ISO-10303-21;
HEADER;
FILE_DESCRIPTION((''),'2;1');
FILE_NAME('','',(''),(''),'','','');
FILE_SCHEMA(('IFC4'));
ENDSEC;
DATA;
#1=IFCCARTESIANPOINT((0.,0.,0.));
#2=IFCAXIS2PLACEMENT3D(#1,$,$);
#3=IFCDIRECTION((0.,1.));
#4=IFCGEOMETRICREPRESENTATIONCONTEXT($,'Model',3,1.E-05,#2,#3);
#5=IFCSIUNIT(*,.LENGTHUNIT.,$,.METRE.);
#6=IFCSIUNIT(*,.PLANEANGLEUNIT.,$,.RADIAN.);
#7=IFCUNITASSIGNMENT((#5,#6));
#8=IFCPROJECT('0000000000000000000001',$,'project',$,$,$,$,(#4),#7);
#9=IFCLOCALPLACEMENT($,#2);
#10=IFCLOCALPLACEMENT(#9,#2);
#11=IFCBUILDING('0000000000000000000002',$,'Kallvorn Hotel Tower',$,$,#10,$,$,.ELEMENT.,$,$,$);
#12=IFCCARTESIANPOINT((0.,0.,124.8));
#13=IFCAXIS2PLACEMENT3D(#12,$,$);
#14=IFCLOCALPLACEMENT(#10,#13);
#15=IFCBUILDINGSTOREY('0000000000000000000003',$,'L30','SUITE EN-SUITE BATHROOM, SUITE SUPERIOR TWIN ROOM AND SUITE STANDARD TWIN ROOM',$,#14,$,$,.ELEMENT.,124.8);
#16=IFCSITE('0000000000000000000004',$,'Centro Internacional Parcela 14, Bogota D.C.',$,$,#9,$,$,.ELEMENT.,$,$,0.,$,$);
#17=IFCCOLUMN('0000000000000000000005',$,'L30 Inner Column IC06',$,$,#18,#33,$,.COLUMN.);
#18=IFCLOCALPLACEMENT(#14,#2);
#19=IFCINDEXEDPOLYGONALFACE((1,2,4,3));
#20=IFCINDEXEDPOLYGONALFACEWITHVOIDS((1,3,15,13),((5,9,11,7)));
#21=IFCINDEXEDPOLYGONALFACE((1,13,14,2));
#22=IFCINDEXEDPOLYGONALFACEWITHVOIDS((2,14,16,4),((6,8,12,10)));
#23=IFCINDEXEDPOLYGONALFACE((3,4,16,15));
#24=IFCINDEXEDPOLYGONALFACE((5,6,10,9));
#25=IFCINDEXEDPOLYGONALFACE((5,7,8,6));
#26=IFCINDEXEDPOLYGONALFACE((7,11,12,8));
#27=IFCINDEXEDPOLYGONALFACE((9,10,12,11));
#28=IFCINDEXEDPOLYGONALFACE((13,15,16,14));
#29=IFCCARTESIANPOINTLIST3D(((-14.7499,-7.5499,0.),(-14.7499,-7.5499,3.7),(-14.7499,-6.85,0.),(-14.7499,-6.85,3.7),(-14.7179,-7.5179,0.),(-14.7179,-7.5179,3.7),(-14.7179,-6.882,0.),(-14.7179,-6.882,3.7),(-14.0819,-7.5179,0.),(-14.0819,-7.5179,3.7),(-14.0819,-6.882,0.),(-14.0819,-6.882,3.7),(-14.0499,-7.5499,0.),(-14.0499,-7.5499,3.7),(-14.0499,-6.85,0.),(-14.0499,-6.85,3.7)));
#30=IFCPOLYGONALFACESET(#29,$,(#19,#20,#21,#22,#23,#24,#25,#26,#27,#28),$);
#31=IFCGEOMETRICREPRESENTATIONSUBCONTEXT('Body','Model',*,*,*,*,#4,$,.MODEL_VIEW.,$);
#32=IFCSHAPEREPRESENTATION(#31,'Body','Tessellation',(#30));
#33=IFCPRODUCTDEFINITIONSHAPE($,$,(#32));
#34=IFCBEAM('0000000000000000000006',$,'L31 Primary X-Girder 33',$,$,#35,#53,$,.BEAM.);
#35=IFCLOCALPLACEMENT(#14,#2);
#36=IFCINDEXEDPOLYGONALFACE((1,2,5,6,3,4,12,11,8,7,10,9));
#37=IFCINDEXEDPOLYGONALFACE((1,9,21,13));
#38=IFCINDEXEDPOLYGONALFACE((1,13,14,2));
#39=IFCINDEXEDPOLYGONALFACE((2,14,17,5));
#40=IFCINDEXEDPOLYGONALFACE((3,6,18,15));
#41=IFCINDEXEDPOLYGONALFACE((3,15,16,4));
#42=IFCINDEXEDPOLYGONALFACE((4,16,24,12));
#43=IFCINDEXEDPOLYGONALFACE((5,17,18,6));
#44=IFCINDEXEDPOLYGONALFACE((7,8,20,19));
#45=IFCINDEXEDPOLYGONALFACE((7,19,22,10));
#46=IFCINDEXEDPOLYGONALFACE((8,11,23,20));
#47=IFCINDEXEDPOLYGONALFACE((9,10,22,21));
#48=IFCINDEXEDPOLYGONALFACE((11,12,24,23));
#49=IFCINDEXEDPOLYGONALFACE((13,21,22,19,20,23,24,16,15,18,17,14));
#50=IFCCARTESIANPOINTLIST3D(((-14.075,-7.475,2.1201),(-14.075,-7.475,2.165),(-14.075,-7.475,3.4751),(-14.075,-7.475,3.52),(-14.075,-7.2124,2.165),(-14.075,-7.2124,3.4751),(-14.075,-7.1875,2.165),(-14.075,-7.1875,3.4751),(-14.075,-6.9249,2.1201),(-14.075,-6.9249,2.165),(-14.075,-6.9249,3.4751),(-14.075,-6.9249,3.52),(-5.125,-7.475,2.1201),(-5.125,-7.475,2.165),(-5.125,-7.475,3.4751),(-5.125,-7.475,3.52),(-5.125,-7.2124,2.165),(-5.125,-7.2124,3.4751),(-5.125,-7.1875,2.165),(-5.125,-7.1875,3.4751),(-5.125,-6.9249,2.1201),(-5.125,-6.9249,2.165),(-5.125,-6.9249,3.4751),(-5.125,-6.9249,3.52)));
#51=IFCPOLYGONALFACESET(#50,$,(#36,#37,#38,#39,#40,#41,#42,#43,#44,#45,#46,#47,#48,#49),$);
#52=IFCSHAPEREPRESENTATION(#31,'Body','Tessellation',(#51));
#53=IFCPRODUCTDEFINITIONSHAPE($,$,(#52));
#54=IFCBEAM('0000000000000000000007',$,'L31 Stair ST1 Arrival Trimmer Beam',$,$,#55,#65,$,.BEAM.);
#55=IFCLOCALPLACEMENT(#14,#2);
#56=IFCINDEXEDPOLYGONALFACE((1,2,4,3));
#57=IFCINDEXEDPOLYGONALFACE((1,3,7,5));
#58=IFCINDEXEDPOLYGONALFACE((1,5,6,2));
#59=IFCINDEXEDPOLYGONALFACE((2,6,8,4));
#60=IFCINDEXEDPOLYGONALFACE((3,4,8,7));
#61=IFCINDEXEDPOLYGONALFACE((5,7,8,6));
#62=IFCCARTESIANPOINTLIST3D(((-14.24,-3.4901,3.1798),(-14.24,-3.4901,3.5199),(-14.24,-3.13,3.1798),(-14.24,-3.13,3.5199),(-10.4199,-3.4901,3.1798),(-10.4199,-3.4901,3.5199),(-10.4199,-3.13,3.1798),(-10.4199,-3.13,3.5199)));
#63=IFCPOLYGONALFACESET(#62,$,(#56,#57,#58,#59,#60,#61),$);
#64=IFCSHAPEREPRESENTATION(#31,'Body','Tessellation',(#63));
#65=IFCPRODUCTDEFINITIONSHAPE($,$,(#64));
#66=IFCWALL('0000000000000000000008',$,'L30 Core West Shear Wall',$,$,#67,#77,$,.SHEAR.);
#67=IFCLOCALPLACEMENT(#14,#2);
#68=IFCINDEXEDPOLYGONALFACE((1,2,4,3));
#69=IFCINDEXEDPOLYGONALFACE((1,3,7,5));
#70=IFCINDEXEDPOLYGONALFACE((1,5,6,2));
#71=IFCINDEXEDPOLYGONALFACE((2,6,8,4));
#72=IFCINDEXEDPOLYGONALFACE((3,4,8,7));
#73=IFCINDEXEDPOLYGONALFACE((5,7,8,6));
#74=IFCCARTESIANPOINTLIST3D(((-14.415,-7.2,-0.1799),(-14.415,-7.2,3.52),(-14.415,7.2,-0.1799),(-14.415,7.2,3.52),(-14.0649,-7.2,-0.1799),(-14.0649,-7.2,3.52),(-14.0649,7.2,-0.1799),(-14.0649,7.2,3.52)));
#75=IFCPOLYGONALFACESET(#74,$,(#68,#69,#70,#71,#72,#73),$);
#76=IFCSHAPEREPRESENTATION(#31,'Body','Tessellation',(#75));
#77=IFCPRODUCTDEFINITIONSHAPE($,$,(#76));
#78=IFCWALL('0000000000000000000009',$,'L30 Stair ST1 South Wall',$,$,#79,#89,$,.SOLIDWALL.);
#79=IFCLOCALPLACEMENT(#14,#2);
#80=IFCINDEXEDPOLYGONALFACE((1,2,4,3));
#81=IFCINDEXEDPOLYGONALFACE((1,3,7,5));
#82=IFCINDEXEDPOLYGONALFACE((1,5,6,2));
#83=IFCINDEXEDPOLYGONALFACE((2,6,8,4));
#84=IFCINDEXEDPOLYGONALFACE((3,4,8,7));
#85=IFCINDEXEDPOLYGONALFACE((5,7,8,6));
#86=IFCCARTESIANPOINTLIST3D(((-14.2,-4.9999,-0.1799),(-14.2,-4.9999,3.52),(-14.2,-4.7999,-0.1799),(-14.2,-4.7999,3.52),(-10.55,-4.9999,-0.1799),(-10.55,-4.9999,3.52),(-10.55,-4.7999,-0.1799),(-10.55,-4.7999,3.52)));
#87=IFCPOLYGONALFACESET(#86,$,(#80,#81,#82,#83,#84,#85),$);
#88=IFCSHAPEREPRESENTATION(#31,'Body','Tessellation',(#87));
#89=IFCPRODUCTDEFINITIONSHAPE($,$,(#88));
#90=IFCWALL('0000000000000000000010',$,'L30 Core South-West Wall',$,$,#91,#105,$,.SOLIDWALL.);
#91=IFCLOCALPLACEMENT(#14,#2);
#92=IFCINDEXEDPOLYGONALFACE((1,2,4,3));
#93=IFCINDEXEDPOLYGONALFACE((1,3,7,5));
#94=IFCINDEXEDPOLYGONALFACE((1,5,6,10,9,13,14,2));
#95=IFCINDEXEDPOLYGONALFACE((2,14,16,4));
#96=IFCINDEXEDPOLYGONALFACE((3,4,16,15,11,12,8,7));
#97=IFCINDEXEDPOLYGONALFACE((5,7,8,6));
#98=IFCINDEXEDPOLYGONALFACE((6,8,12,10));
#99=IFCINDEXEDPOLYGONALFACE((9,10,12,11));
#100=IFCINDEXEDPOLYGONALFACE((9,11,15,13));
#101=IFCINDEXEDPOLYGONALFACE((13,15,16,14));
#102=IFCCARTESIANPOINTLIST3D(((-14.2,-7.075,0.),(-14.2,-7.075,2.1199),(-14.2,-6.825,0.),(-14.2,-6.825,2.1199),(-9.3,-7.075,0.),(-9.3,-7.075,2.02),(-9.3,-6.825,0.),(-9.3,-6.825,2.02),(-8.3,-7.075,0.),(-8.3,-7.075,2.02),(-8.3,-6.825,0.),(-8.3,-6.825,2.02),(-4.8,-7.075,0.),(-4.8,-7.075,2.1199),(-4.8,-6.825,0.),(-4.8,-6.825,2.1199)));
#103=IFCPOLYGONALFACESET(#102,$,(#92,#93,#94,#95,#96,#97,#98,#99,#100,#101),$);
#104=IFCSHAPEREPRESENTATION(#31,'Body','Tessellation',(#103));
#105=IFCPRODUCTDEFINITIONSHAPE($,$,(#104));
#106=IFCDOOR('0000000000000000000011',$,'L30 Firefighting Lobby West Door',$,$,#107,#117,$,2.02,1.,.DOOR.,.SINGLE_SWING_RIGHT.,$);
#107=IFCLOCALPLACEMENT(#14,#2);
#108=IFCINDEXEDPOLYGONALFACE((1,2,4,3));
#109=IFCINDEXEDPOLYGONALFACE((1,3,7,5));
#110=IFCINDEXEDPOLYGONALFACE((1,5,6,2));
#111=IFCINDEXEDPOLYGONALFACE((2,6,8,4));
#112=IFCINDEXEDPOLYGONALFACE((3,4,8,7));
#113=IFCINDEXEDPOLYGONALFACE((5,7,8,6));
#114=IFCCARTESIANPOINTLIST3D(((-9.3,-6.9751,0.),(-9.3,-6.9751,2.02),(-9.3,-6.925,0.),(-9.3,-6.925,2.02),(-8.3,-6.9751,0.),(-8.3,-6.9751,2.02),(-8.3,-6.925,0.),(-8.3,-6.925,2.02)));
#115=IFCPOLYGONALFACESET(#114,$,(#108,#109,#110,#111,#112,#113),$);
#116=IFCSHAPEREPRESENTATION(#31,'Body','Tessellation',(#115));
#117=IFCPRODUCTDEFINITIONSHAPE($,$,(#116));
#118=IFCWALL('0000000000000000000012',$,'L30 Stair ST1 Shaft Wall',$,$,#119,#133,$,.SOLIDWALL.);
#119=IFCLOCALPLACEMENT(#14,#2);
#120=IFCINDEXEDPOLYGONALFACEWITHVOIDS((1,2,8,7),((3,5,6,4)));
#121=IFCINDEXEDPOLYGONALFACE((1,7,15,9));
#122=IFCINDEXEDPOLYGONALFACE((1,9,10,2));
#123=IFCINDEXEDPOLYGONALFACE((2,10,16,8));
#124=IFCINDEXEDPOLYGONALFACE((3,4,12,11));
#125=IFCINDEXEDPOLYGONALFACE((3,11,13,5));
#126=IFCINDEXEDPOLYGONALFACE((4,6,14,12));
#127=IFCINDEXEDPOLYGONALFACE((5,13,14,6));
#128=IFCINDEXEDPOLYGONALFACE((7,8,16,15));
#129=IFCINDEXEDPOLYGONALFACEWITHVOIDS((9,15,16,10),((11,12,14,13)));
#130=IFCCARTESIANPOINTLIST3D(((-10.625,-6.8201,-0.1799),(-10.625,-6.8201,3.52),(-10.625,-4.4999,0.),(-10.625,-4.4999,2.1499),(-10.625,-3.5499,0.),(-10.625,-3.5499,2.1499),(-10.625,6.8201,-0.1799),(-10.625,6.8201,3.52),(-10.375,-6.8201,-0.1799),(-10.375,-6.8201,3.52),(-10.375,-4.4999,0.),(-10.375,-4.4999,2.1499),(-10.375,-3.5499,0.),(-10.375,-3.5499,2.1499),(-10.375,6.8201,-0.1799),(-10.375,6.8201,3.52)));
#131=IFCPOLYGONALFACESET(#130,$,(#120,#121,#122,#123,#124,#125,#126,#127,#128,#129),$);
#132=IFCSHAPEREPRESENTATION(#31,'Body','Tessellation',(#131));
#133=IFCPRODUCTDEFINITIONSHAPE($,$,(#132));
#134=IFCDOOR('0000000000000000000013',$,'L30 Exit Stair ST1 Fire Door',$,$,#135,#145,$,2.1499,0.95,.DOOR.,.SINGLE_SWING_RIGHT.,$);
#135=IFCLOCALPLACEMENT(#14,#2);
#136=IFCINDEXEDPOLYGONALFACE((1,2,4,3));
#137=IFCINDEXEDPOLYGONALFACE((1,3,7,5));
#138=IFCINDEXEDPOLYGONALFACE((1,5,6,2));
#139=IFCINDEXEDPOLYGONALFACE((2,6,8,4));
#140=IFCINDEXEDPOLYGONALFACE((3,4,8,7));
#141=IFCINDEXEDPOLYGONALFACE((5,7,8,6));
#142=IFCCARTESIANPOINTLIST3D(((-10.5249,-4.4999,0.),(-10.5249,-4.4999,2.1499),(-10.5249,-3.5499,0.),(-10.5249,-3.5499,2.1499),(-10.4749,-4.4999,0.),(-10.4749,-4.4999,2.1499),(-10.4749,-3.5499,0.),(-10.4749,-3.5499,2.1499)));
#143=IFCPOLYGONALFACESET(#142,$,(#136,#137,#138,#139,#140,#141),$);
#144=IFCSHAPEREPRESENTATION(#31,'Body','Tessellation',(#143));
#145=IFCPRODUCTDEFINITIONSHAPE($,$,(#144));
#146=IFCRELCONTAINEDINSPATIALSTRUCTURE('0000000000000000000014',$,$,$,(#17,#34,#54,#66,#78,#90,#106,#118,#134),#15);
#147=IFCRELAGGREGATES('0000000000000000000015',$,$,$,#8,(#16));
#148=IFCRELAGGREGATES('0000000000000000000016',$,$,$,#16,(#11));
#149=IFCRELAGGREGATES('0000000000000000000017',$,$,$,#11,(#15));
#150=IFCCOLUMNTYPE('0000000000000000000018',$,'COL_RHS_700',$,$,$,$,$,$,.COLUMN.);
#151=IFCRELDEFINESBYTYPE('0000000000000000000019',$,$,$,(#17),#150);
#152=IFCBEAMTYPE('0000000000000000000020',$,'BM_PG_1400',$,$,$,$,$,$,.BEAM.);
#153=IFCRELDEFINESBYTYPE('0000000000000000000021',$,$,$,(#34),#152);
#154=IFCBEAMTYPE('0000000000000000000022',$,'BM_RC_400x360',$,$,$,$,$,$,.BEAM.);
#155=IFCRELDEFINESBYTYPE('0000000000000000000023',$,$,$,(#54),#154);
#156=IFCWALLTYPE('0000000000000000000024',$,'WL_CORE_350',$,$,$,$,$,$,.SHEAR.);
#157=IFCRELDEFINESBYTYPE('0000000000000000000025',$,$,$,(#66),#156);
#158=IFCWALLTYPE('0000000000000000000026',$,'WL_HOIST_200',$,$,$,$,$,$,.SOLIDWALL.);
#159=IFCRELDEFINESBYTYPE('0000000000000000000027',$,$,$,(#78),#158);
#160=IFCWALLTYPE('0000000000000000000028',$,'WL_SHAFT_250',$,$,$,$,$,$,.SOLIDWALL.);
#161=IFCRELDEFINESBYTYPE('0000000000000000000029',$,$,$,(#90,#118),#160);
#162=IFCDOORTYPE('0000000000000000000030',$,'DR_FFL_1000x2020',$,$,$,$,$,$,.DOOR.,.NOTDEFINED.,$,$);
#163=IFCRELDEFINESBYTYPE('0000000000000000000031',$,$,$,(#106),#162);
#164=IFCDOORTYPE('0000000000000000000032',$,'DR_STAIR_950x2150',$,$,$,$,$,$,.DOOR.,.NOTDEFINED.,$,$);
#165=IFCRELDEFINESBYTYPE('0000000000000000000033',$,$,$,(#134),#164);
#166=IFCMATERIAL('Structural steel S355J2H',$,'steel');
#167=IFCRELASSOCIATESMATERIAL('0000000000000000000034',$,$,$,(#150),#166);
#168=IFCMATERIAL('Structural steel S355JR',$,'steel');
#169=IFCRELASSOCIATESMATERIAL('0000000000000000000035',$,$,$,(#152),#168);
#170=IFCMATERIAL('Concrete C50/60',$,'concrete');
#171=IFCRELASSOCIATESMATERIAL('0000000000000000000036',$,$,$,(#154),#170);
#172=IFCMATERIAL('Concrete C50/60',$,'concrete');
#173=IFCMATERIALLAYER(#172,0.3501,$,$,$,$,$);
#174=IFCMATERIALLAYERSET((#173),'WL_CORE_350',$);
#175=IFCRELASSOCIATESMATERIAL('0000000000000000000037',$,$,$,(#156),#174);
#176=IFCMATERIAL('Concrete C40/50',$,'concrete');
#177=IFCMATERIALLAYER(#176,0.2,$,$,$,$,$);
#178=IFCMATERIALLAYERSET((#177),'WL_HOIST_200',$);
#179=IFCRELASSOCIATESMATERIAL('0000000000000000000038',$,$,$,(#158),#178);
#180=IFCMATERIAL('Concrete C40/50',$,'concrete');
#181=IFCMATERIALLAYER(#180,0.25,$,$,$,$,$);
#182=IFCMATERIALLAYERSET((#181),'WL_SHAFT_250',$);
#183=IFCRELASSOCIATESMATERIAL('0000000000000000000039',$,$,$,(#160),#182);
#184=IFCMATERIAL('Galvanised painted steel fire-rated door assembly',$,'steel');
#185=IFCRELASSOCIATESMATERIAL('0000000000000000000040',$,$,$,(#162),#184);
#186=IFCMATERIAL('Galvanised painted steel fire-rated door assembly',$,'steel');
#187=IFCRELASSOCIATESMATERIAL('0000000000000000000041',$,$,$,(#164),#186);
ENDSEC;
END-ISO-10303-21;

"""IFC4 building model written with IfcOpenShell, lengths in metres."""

from ifc_helpers import new_model, si_unit, direction, frame, frame_2d, origin, origin_2d, place, context, subcontext, project, spatial, rectangle, hollow_rectangle, i_section, extrude, material, layer, layer_set, material_profile, profile_set, type_object, element, fill, save


model = new_model("IFC4")

# Units and contexts
model_context = context("Model", 3, precision=1e-05, world=origin(), true_north=direction((0.0, 1.0)))
body_context = subcontext(model_context, "Body", "Model", "MODEL_VIEW")
ifc_project = project(units=[si_unit("LENGTHUNIT", "METRE"), si_unit("PLANEANGLEUNIT", "RADIAN")], contexts=[model_context])

# Site, building, storey
site_placement = place(None, origin())
site = spatial("IfcSite", under=ifc_project, at=site_placement, Name="Centro Internacional Parcela 14, Bogota D.C.", CompositionType="ELEMENT", RefElevation=0.0)
building_placement = place(site_placement, origin())
building = spatial("IfcBuilding", under=site, at=building_placement, Name="Kallvorn Hotel Tower", CompositionType="ELEMENT")
storey_placement = place(building_placement, frame((0.0, 0.0, 124.8)))
storey = spatial("IfcBuildingStorey", under=building, at=storey_placement, Name="L30", Description="SUITE EN-SUITE BATHROOM, SUITE SUPERIOR TWIN ROOM AND SUITE STANDARD TWIN ROOM", CompositionType="ELEMENT", Elevation=124.8)

# Column
ifc_material_1 = material(Name="Structural steel S355J2H", Category="steel")
ifc_material_profile_1 = material_profile(ifc_material_1, hollow_rectangle(XDim=0.7, YDim=0.7, WallThickness=0.032, at=origin_2d()), Name="RHS 700x700x32")
ifc_profile_set_1 = profile_set([ifc_material_profile_1], Name="Structural steel S355J2H")
column_type = type_object("IfcColumnType", Name="COL_RHS_700", PredefinedType="COLUMN", material=ifc_profile_set_1)
column_placement = place(storey_placement, frame((-14.3999, -7.2, 0.0), z_axis=(0.0, 0.0, 1.0), x_axis=(1.0, 0.0, 0.0)))
element("IfcColumn", 1, at=column_placement, inside=storey, type_object=column_type, Name="L30 Inner Column IC06", PredefinedType="COLUMN", context=body_context, shape_type="SweptSolid", body=[
    extrude(hollow_rectangle(XDim=0.7, YDim=0.7, WallThickness=0.032, at=origin_2d()), origin(), (0.0, 0.0, 1.0), 3.7),
])

# Beams
ifc_material_2 = material(Name="Structural steel S355JR", Category="steel")
ifc_material_profile_2 = material_profile(ifc_material_2, i_section(OverallWidth=0.55, OverallDepth=1.3999, WebThickness=0.0249, FlangeThickness=0.0449, at=origin_2d()), Name="PG 1400x550x25x45")
ifc_profile_set_2 = profile_set([ifc_material_profile_2], Name="Structural steel S355JR")
beam_type_1 = type_object("IfcBeamType", Name="BM_PG_1400", PredefinedType="BEAM", material=ifc_profile_set_2)
beam_1_placement = place(storey_placement, frame((-14.075, -7.2, 2.8201), z_axis=(1.0, 0.0, 0.0), x_axis=(0.0, 1.0, 0.0)))
element("IfcBeam", 2, at=beam_1_placement, inside=storey, type_object=beam_type_1, Name="L31 Primary X-Girder 33", PredefinedType="BEAM", context=body_context, shape_type="SweptSolid", body=[
    extrude(i_section(OverallWidth=0.55, OverallDepth=1.3999, WebThickness=0.0249, FlangeThickness=0.0449, at=origin_2d()), origin(), (0.0, 0.0, 1.0), 8.95),
])
ifc_material_3 = material(Name="Concrete C50/60", Category="concrete")
ifc_material_profile_3 = material_profile(ifc_material_3, rectangle(XDim=0.3601, YDim=0.3401, at=origin_2d()), Name="RC 360x340")
ifc_profile_set_3 = profile_set([ifc_material_profile_3], Name="Concrete C50/60")
beam_type_2 = type_object("IfcBeamType", Name="BM_RC_400x360", PredefinedType="BEAM", material=ifc_profile_set_3)
beam_2_placement = place(storey_placement, frame((-10.4199, -3.3101, 3.3499), z_axis=(-1.0, 0.0, 0.0), x_axis=(0.0, -1.0, 0.0)))
element("IfcBeam", 3, at=beam_2_placement, inside=storey, type_object=beam_type_2, Name="L31 Stair ST1 Arrival Trimmer Beam", PredefinedType="BEAM", context=body_context, shape_type="SweptSolid", body=[
    extrude(rectangle(XDim=0.3601, YDim=0.3401, at=origin_2d()), origin(), (0.0, 0.0, 1.0), 3.8201),
])

# Walls
ifc_material_4 = material(Name="Concrete C50/60", Category="concrete")
ifc_layer_1 = layer(ifc_material_4, 0.3501)
ifc_layer_set_1 = layer_set([ifc_layer_1], Name="WL_CORE_350")
wall_type_1 = type_object("IfcWallType", Name="WL_CORE_350", PredefinedType="SHEAR", material=ifc_layer_set_1)
wall_1_placement = place(storey_placement, frame((-14.24, -7.2, -0.1799), z_axis=(0.0, 0.0, 1.0), x_axis=(0.0, 1.0, 0.0)))
element("IfcWall", 4, at=wall_1_placement, inside=storey, type_object=wall_type_1, Name="L30 Core West Shear Wall", PredefinedType="SHEAR", context=body_context, shape_type="SweptSolid", body=[
    extrude(rectangle(XDim=14.3999, YDim=0.3501, at=frame_2d((7.2, 0.0))), origin(), (0.0, 0.0, 1.0), 3.7),
])
ifc_material_5 = material(Name="Concrete C40/50", Category="concrete")
ifc_layer_2 = layer(ifc_material_5, 0.2)
ifc_layer_set_2 = layer_set([ifc_layer_2], Name="WL_HOIST_200")
wall_type_2 = type_object("IfcWallType", Name="WL_HOIST_200", PredefinedType="SOLIDWALL", material=ifc_layer_set_2)
wall_2_placement = place(storey_placement, frame((-14.2, -4.8999, -0.1799), z_axis=(0.0, 0.0, 1.0), x_axis=(1.0, 0.0, 0.0)))
element("IfcWall", 5, at=wall_2_placement, inside=storey, type_object=wall_type_2, Name="L30 Stair ST1 South Wall", PredefinedType="SOLIDWALL", context=body_context, shape_type="SweptSolid", body=[
    extrude(rectangle(XDim=3.6499, YDim=0.2, at=frame_2d((1.825, 0.0))), origin(), (0.0, 0.0, 1.0), 3.7),
])

# Walls, openings, doors
ifc_material_6 = material(Name="Concrete C40/50", Category="concrete")
ifc_layer_3 = layer(ifc_material_6, 0.25)
ifc_layer_set_3 = layer_set([ifc_layer_3], Name="WL_SHAFT_250")
wall_type_3 = type_object("IfcWallType", Name="WL_SHAFT_250", PredefinedType="SOLIDWALL", material=ifc_layer_set_3)
wall_3_placement = place(storey_placement, frame((-14.2, -6.95, 0.0), z_axis=(0.0, 0.0, 1.0), x_axis=(1.0, 0.0, 0.0)))
wall_3 = element("IfcWall", 6, at=wall_3_placement, inside=storey, type_object=wall_type_3, Name="L30 Core South-West Wall", PredefinedType="SOLIDWALL", context=body_context, shape_type="SweptSolid", body=[
    extrude(rectangle(XDim=9.3999, YDim=0.25, at=frame_2d((4.7, 0.0))), origin(), (0.0, 0.0, 1.0), 2.1199),
])
opening_1_placement = place(wall_3_placement, frame((4.8999, 0.0, 0.0)))
opening_1 = element("IfcOpeningElement", 7, at=opening_1_placement, cuts=wall_3, PredefinedType="OPENING", context=body_context, shape_type="SweptSolid", body=[
    extrude(rectangle(XDim=1.0, YDim=2.02, at=frame_2d((0.5, 1.01))), frame((0.0, 0.1399, 0.0), z_axis=(0.0, -1.0, 0.0), x_axis=(1.0, 0.0, 0.0)), (0.0, 0.0, 1.0), 0.28),
])
ifc_material_7 = material(Name="Galvanised painted steel fire-rated door assembly", Category="steel")
door_type_1 = type_object("IfcDoorType", Name="DR_FFL_1000x2020", OperationType="NOTDEFINED", PredefinedType="DOOR", material=ifc_material_7)
door_1_placement = place(opening_1_placement, origin())
door_1 = element("IfcDoor", 8, at=door_1_placement, inside=storey, type_object=door_type_1, Name="L30 Firefighting Lobby West Door", OperationType="SINGLE_SWING_RIGHT", OverallHeight=2.02, OverallWidth=1.0, PredefinedType="DOOR", context=body_context, shape_type="SweptSolid", body=[
    extrude(rectangle(XDim=1.0, YDim=2.02, at=frame_2d((0.5, 1.01))), frame((0.0, 0.0249, 0.0), z_axis=(0.0, -1.0, 0.0), x_axis=(1.0, 0.0, 0.0)), (0.0, 0.0, 1.0), 0.05),
])
fill(opening_1, door_1)
wall_4_placement = place(storey_placement, frame((-10.5, -6.8201, -0.1799), z_axis=(0.0, 0.0, 1.0), x_axis=(0.0, 1.0, 0.0)))
wall_4 = element("IfcWall", 9, at=wall_4_placement, inside=storey, type_object=wall_type_3, Name="L30 Stair ST1 Shaft Wall", PredefinedType="SOLIDWALL", context=body_context, shape_type="SweptSolid", body=[
    extrude(rectangle(XDim=13.6401, YDim=0.25, at=frame_2d((6.8201, 0.0))), origin(), (0.0, 0.0, 1.0), 3.7),
])
opening_2_placement = place(wall_4_placement, frame((2.3201, 0.0, 0.1799)))
opening_2 = element("IfcOpeningElement", 10, at=opening_2_placement, cuts=wall_4, PredefinedType="OPENING", context=body_context, shape_type="SweptSolid", body=[
    extrude(rectangle(XDim=0.95, YDim=2.1499, at=frame_2d((0.4751, 1.075))), frame((0.0, 0.1399, 0.0), z_axis=(0.0, -1.0, 0.0), x_axis=(1.0, 0.0, 0.0)), (0.0, 0.0, 1.0), 0.28),
])
ifc_material_8 = material(Name="Galvanised painted steel fire-rated door assembly", Category="steel")
door_type_2 = type_object("IfcDoorType", Name="DR_STAIR_950x2150", OperationType="NOTDEFINED", PredefinedType="DOOR", material=ifc_material_8)
door_2_placement = place(opening_2_placement, origin())
door_2 = element("IfcDoor", 11, at=door_2_placement, inside=storey, type_object=door_type_2, Name="L30 Exit Stair ST1 Fire Door", OperationType="SINGLE_SWING_RIGHT", OverallHeight=2.1499, OverallWidth=0.95, PredefinedType="DOOR", context=body_context, shape_type="SweptSolid", body=[
    extrude(rectangle(XDim=0.95, YDim=2.1499, at=frame_2d((0.4751, 1.075))), frame((0.0, 0.0249, 0.0), z_axis=(0.0, -1.0, 0.0), x_axis=(1.0, 0.0, 0.0)), (0.0, 0.0, 1.0), 0.05),
])
fill(opening_2, door_2)

save(model, "model.ifc")
